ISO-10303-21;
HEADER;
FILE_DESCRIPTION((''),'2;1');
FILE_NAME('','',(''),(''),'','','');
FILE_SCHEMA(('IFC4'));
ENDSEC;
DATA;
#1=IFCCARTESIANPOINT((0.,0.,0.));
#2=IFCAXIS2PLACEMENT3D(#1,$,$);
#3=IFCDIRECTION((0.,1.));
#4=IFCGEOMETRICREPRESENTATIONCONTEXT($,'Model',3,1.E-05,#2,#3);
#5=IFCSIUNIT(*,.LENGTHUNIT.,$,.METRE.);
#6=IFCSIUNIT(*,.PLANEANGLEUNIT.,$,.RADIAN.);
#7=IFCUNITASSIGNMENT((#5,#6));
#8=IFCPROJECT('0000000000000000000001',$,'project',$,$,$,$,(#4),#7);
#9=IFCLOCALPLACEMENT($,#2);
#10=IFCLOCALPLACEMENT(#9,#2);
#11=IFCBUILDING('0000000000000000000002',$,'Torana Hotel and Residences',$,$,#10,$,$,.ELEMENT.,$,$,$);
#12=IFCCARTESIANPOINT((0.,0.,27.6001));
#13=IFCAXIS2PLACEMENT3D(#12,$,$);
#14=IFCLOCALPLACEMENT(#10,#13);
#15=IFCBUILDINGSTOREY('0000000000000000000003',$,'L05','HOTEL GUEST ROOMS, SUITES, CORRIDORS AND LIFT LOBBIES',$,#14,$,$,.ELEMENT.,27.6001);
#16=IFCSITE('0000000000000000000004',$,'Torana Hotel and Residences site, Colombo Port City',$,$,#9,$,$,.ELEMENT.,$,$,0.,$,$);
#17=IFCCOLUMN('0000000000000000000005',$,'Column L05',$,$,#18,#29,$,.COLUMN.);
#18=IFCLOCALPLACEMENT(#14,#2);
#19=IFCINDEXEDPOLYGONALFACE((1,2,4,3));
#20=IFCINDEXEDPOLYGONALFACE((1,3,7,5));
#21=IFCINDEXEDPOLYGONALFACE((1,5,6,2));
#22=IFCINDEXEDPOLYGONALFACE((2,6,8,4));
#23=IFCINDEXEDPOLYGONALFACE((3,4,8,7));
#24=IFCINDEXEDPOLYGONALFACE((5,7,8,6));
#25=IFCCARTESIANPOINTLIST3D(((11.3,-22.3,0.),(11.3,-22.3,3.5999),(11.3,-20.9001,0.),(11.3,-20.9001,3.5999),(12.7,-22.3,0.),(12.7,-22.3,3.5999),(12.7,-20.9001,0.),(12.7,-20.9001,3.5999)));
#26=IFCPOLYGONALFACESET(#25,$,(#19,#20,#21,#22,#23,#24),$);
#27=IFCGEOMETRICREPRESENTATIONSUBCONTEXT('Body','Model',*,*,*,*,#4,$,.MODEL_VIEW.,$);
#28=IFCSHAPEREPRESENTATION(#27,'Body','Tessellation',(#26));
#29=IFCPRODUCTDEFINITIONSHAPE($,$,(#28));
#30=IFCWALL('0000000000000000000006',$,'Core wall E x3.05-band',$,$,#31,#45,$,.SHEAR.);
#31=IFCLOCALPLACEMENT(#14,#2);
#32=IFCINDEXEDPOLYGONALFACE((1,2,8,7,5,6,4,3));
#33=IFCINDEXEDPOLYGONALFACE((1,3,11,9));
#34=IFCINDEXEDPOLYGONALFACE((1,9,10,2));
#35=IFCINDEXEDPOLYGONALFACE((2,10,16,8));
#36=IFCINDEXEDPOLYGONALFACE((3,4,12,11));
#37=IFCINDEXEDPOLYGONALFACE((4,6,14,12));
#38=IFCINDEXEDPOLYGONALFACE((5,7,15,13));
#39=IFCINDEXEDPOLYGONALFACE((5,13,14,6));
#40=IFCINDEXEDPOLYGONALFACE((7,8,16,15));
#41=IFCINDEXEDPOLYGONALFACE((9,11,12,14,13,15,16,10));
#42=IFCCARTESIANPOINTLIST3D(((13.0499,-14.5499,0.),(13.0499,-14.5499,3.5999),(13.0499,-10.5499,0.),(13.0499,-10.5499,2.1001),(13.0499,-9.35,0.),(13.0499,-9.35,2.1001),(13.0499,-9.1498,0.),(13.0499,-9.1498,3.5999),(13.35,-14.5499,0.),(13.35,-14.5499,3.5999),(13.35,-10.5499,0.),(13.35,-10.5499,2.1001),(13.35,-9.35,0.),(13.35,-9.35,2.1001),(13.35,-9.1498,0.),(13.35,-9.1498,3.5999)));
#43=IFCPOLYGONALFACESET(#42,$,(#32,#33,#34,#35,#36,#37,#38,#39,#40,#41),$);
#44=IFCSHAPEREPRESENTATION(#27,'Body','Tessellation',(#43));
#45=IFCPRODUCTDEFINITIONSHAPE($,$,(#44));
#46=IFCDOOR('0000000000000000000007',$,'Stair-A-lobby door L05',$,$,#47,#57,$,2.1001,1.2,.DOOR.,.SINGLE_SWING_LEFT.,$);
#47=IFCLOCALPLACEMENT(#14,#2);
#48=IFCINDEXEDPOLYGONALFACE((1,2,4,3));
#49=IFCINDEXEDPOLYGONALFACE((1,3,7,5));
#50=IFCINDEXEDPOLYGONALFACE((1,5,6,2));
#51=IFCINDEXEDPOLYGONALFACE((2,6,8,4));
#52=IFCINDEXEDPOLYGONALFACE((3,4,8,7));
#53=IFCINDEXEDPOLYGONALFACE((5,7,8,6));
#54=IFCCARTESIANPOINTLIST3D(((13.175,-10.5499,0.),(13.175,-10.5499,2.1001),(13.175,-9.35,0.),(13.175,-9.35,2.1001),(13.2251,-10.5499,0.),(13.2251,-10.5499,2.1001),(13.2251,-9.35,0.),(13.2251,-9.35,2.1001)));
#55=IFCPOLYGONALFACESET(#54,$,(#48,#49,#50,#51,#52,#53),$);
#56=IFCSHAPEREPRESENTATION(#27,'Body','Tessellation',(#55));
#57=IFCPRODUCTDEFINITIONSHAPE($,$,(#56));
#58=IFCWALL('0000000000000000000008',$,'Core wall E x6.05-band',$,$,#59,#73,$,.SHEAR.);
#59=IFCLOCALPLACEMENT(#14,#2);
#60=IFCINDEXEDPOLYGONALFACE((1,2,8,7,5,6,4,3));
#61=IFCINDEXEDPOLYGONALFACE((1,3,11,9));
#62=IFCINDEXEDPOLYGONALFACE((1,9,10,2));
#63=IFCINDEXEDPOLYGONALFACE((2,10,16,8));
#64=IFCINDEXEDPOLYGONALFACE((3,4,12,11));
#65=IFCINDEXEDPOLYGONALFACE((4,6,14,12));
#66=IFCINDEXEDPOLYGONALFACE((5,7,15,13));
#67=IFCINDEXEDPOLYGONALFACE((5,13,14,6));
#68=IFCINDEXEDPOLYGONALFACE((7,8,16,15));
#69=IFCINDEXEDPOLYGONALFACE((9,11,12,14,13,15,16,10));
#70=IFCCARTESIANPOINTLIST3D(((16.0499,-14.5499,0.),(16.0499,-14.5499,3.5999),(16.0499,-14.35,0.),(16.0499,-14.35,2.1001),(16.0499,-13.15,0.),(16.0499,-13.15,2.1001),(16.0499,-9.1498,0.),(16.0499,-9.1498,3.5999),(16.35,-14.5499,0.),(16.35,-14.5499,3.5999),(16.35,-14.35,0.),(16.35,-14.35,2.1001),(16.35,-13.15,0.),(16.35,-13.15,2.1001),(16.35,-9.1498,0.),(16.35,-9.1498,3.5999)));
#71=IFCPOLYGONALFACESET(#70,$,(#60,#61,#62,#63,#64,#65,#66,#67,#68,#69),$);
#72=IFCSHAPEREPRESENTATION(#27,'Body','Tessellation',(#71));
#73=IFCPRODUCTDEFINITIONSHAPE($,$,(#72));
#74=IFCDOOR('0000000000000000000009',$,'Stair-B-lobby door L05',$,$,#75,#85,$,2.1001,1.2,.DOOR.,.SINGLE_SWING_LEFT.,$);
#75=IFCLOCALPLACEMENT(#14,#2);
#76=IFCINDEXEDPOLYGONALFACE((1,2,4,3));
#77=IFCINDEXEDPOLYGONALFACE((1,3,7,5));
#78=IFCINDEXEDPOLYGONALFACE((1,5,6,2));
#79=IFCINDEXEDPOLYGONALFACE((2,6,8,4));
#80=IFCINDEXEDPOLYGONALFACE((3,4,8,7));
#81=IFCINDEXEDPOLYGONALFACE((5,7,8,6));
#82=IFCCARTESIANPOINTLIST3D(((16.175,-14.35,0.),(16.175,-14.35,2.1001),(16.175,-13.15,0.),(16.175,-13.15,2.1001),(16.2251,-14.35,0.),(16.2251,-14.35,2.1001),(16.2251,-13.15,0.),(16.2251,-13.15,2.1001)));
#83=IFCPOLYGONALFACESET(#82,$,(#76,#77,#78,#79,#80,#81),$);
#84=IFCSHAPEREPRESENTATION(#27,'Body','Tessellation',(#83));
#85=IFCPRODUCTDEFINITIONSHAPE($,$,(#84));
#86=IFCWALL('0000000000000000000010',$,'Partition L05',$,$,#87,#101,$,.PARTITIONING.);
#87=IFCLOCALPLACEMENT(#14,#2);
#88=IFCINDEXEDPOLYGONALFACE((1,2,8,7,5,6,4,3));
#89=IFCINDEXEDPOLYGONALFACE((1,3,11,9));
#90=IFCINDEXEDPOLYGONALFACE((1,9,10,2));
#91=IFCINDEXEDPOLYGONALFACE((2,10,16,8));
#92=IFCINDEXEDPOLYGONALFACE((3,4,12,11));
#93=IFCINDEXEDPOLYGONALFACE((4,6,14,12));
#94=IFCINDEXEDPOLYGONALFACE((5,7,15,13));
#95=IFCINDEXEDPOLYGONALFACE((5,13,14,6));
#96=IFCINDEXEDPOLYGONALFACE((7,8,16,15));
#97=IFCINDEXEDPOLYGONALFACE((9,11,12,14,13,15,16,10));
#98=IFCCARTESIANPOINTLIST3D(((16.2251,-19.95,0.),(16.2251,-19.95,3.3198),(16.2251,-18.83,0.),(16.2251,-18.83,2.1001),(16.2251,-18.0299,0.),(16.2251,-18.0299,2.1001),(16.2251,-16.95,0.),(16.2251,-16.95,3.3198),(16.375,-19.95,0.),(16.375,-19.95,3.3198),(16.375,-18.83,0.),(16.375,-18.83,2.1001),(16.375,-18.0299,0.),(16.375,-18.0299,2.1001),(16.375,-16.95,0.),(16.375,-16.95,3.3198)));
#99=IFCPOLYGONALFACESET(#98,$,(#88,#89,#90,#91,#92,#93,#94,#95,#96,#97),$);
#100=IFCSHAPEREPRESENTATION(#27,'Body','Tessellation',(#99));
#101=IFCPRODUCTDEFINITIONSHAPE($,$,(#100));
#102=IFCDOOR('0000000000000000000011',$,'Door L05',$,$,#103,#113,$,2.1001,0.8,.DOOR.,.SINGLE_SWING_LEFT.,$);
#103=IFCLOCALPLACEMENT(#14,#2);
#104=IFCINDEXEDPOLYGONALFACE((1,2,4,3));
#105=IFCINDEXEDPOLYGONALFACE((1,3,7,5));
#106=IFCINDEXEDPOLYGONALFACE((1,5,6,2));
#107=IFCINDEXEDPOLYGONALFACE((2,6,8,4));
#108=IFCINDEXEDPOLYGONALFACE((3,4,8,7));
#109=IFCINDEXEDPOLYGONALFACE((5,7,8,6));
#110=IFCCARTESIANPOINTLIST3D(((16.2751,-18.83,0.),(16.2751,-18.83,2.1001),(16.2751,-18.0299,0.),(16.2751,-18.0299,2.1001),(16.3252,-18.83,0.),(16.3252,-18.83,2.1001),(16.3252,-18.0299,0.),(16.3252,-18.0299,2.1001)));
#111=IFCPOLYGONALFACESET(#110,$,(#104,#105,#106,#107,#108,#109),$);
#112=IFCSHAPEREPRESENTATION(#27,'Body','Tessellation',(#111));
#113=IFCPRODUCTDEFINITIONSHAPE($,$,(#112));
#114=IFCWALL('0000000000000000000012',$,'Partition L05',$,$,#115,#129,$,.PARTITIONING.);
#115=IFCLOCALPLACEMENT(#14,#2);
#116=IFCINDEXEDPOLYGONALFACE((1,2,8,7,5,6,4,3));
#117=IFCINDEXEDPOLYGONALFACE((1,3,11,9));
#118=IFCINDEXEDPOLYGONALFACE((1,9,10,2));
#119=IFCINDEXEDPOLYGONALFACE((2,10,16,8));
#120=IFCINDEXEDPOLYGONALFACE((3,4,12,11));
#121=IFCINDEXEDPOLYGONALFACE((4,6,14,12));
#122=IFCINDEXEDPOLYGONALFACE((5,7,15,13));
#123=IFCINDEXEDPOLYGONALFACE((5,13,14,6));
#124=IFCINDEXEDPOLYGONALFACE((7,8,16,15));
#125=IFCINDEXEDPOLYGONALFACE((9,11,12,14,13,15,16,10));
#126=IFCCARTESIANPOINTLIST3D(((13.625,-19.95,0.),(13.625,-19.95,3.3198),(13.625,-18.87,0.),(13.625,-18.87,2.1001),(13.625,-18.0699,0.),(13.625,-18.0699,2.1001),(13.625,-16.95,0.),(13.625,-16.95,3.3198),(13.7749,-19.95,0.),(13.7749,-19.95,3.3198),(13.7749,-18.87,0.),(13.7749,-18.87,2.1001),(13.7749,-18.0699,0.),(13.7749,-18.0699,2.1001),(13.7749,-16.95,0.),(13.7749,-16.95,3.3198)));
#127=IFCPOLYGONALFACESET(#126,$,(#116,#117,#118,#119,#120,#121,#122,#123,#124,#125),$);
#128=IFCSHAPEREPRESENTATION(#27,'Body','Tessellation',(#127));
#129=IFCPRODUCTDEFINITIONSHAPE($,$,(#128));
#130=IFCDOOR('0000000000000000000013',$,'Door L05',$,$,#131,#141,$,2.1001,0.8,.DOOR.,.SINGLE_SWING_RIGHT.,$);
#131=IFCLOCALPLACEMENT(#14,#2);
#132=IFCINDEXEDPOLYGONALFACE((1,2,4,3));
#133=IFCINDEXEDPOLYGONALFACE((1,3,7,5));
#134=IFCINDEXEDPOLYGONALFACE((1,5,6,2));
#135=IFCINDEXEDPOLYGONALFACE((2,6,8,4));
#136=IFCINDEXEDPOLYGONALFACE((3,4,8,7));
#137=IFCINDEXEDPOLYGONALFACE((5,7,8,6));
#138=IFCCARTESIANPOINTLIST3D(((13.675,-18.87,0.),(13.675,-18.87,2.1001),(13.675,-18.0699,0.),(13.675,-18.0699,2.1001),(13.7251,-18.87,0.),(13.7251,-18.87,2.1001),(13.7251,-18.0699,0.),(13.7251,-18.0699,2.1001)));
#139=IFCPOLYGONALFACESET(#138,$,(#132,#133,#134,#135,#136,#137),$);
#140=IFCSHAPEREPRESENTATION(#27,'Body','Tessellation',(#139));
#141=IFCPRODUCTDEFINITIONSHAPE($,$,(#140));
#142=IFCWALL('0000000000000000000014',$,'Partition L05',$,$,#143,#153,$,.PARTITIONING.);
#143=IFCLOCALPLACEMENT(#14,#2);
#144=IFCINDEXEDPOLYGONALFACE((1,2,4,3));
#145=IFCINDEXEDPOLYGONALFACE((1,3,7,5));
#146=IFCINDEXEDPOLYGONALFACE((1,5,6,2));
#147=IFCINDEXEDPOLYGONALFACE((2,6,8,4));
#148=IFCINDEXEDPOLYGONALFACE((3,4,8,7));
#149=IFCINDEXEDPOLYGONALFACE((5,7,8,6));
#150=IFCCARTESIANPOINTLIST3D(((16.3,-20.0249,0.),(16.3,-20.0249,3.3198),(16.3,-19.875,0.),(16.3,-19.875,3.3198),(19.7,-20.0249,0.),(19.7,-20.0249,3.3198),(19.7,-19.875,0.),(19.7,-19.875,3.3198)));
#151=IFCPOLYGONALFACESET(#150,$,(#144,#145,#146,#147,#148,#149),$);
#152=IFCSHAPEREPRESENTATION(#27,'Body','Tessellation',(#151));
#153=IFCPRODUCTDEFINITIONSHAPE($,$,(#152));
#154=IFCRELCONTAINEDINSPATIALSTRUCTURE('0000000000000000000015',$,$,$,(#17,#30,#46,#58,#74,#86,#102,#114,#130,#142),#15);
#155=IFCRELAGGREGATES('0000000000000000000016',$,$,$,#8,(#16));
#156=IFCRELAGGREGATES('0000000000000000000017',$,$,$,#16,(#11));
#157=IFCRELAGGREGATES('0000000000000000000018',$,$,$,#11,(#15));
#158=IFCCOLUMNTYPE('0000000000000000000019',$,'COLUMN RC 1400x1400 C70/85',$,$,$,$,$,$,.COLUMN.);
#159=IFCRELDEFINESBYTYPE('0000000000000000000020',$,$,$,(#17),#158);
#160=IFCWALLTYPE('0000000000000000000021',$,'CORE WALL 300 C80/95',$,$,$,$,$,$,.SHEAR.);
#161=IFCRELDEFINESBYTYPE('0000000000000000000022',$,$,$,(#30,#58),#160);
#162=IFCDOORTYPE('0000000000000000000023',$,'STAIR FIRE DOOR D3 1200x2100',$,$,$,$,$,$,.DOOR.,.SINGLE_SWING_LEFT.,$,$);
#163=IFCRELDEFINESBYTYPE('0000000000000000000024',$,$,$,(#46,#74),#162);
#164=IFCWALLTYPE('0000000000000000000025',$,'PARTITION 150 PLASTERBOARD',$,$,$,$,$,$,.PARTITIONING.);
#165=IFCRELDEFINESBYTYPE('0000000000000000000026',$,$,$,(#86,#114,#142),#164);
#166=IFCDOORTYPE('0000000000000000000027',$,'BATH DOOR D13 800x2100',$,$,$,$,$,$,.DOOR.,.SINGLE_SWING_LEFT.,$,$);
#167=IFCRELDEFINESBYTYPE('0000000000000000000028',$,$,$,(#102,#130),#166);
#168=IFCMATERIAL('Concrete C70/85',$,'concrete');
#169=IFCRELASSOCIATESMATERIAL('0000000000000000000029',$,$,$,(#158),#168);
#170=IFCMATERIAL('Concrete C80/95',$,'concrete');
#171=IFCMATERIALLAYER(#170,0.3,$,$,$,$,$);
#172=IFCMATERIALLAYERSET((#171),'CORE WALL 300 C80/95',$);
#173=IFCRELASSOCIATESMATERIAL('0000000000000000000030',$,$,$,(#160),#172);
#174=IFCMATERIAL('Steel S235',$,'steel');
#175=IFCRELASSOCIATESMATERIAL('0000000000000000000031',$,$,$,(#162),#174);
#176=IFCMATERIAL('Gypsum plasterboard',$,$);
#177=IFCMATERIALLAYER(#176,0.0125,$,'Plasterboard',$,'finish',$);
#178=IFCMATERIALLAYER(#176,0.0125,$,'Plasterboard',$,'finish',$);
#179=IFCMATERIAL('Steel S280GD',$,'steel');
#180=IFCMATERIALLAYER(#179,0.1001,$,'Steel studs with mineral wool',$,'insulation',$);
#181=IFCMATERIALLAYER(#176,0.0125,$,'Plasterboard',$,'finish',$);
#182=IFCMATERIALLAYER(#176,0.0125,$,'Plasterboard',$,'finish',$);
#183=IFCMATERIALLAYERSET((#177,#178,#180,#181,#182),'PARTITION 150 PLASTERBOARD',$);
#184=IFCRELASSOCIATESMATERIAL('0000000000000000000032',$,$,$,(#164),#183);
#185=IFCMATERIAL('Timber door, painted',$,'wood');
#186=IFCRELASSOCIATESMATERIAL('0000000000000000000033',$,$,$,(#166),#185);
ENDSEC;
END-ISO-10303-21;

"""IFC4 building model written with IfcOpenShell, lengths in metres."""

from ifc_helpers import new_model, si_unit, direction, frame, frame_2d, origin, origin_2d, place, context, subcontext, project, spatial, rectangle, extrude, material, layer, layer_set, material_profile, profile_set, type_object, element, fill, save


model = new_model("IFC4")

# Units and contexts
model_context = context("Model", 3, precision=1e-05, world=origin(), true_north=direction((0.0, 1.0)))
body_context = subcontext(model_context, "Body", "Model", "MODEL_VIEW")
ifc_project = project(units=[si_unit("LENGTHUNIT", "METRE"), si_unit("PLANEANGLEUNIT", "RADIAN")], contexts=[model_context])

# Site, building, storey
site_placement = place(None, origin())
site = spatial("IfcSite", under=ifc_project, at=site_placement, Name="Torana Hotel and Residences site, Colombo Port City", CompositionType="ELEMENT", RefElevation=0.0)
building_placement = place(site_placement, origin())
building = spatial("IfcBuilding", under=site, at=building_placement, Name="Torana Hotel and Residences", CompositionType="ELEMENT")
storey_placement = place(building_placement, frame((0.0, 0.0, 27.6001)))
storey = spatial("IfcBuildingStorey", under=building, at=storey_placement, Name="L05", Description="HOTEL GUEST ROOMS, SUITES, CORRIDORS AND LIFT LOBBIES", CompositionType="ELEMENT", Elevation=27.6001)

# Column
ifc_material_1 = material(Name="Concrete C70/85", Category="concrete")
ifc_material_profile = material_profile(ifc_material_1, rectangle(XDim=1.3999, YDim=1.3999, at=origin_2d()), Name="RC 1400x1400")
ifc_profile_set = profile_set([ifc_material_profile], Name="Concrete C70/85")
column_type = type_object("IfcColumnType", Name="COLUMN RC 1400x1400 C70/85", PredefinedType="COLUMN", material=ifc_profile_set)
column_placement = place(storey_placement, frame((12.0, -21.6001, 0.0), z_axis=(0.0, 0.0, 1.0), x_axis=(1.0, 0.0, 0.0)))
element("IfcColumn", 1, at=column_placement, inside=storey, type_object=column_type, Name="Column L05", PredefinedType="COLUMN", context=body_context, shape_type="SweptSolid", body=[
    extrude(rectangle(XDim=1.3999, YDim=1.3999, at=origin_2d()), origin(), (0.0, 0.0, 1.0), 3.5999),
])

# Walls, openings, doors
ifc_material_2 = material(Name="Concrete C80/95", Category="concrete")
ifc_layer_1 = layer(ifc_material_2, 0.3)
ifc_layer_set_1 = layer_set([ifc_layer_1], Name="CORE WALL 300 C80/95")
wall_type_1 = type_object("IfcWallType", Name="CORE WALL 300 C80/95", PredefinedType="SHEAR", material=ifc_layer_set_1)
wall_1_placement = place(storey_placement, frame((13.2, -14.55, 0.0), z_axis=(0.0, 0.0, 1.0), x_axis=(0.0, 1.0, 0.0)))
wall_1 = element("IfcWall", 2, at=wall_1_placement, inside=storey, type_object=wall_type_1, Name="Core wall E x3.05-band", PredefinedType="SHEAR", context=body_context, shape_type="SweptSolid", body=[
    extrude(rectangle(XDim=5.4001, YDim=0.3, at=frame_2d((2.7002, 0.0))), origin(), (0.0, 0.0, 1.0), 3.5999),
])
opening_1_placement = place(wall_1_placement, frame((4.0, 0.0, 0.0)))
opening_1 = element("IfcOpeningElement", 3, at=opening_1_placement, cuts=wall_1, PredefinedType="OPENING", context=body_context, shape_type="SweptSolid", body=[
    extrude(rectangle(XDim=1.2, YDim=2.1001, at=frame_2d((0.6001, 1.05))), frame((0.0, 0.1599, 0.0), z_axis=(0.0, -1.0, 0.0), x_axis=(1.0, 0.0, 0.0)), (0.0, 0.0, 1.0), 0.3201),
])
ifc_material_3 = material(Name="Steel S235", Category="steel")
door_type_1 = type_object("IfcDoorType", Name="STAIR FIRE DOOR D3 1200x2100", OperationType="SINGLE_SWING_LEFT", PredefinedType="DOOR", material=ifc_material_3)
door_1_placement = place(opening_1_placement, origin())
door_1 = element("IfcDoor", 4, at=door_1_placement, inside=storey, type_object=door_type_1, Name="Stair-A-lobby door L05", OperationType="SINGLE_SWING_LEFT", OverallHeight=2.1001, OverallWidth=1.2, PredefinedType="DOOR", context=body_context, shape_type="SweptSolid", body=[
    extrude(rectangle(XDim=1.2, YDim=2.1001, at=frame_2d((0.6001, 1.05))), frame((0.0, 0.0249, 0.0), z_axis=(0.0, -1.0, 0.0), x_axis=(1.0, 0.0, 0.0)), (0.0, 0.0, 1.0), 0.05),
])
fill(opening_1, door_1)
wall_2_placement = place(storey_placement, frame((16.2, -14.55, 0.0), z_axis=(0.0, 0.0, 1.0), x_axis=(0.0, 1.0, 0.0)))
wall_2 = element("IfcWall", 5, at=wall_2_placement, inside=storey, type_object=wall_type_1, Name="Core wall E x6.05-band", PredefinedType="SHEAR", context=body_context, shape_type="SweptSolid", body=[
    extrude(rectangle(XDim=5.4001, YDim=0.3, at=frame_2d((2.7002, 0.0))), origin(), (0.0, 0.0, 1.0), 3.5999),
])
opening_2_placement = place(wall_2_placement, frame((0.2, 0.0, 0.0)))
opening_2 = element("IfcOpeningElement", 6, at=opening_2_placement, cuts=wall_2, PredefinedType="OPENING", context=body_context, shape_type="SweptSolid", body=[
    extrude(rectangle(XDim=1.2, YDim=2.1001, at=frame_2d((0.6001, 1.05))), frame((0.0, 0.1599, 0.0), z_axis=(0.0, -1.0, 0.0), x_axis=(1.0, 0.0, 0.0)), (0.0, 0.0, 1.0), 0.3201),
])
door_2_placement = place(opening_2_placement, frame((0.6001, 0.0, 0.0), z_axis=(0.0, 0.0, 1.0), x_axis=(-1.0, 0.0, 0.0)))
door_2 = element("IfcDoor", 7, at=door_2_placement, inside=storey, type_object=door_type_1, Name="Stair-B-lobby door L05", OperationType="SINGLE_SWING_LEFT", OverallHeight=2.1001, OverallWidth=1.2, PredefinedType="DOOR", context=body_context, shape_type="SweptSolid", body=[
    extrude(rectangle(XDim=1.2, YDim=2.1001, at=frame_2d((0.0, 1.05))), frame((0.0, -0.0249, 0.0), z_axis=(0.0, 1.0, 0.0), x_axis=(-1.0, 0.0, 0.0)), (0.0, 0.0, 1.0), 0.05),
])
fill(opening_2, door_2)
ifc_material_4 = material(Name="Gypsum plasterboard")
ifc_layer_2 = layer(ifc_material_4, 0.0125, Name="Plasterboard", Category="finish")
ifc_layer_3 = layer(ifc_material_4, 0.0125, Name="Plasterboard", Category="finish")
ifc_material_5 = material(Name="Steel S280GD", Category="steel")
ifc_layer_4 = layer(ifc_material_5, 0.1001, Name="Steel studs with mineral wool", Category="insulation")
ifc_layer_5 = layer(ifc_material_4, 0.0125, Name="Plasterboard", Category="finish")
ifc_layer_6 = layer(ifc_material_4, 0.0125, Name="Plasterboard", Category="finish")
ifc_layer_set_2 = layer_set([ifc_layer_2, ifc_layer_3, ifc_layer_4, ifc_layer_5, ifc_layer_6], Name="PARTITION 150 PLASTERBOARD")
wall_type_2 = type_object("IfcWallType", Name="PARTITION 150 PLASTERBOARD", PredefinedType="PARTITIONING", material=ifc_layer_set_2)
wall_3_placement = place(storey_placement, frame((16.3, -19.95, 0.0), z_axis=(0.0, 0.0, 1.0), x_axis=(0.0, 1.0, 0.0)))
wall_3 = element("IfcWall", 8, at=wall_3_placement, inside=storey, type_object=wall_type_2, Name="Partition L05", PredefinedType="PARTITIONING", context=body_context, shape_type="SweptSolid", body=[
    extrude(rectangle(XDim=3.0, YDim=0.1499, at=frame_2d((1.5, 0.0))), origin(), (0.0, 0.0, 1.0), 3.3198),
])
opening_3_placement = place(wall_3_placement, frame((1.1201, 0.0, 0.0)))
opening_3 = element("IfcOpeningElement", 9, at=opening_3_placement, cuts=wall_3, PredefinedType="OPENING", context=body_context, shape_type="SweptSolid", body=[
    extrude(rectangle(XDim=0.8, YDim=2.1001, at=frame_2d((0.3999, 1.05))), frame((0.0, 0.085, 0.0), z_axis=(0.0, -1.0, 0.0), x_axis=(1.0, 0.0, 0.0)), (0.0, 0.0, 1.0), 0.1699),
])
ifc_material_6 = material(Name="Timber door, painted", Category="wood")
door_type_2 = type_object("IfcDoorType", Name="BATH DOOR D13 800x2100", OperationType="SINGLE_SWING_LEFT", PredefinedType="DOOR", material=ifc_material_6)
door_3_placement = place(opening_3_placement, origin())
door_3 = element("IfcDoor", 10, at=door_3_placement, inside=storey, type_object=door_type_2, Name="Door L05", OperationType="SINGLE_SWING_LEFT", OverallHeight=2.1001, OverallWidth=0.8, PredefinedType="DOOR", context=body_context, shape_type="SweptSolid", body=[
    extrude(rectangle(XDim=0.8, YDim=2.1001, at=frame_2d((0.3999, 1.05))), frame((0.0, 0.0249, 0.0), z_axis=(0.0, -1.0, 0.0), x_axis=(1.0, 0.0, 0.0)), (0.0, 0.0, 1.0), 0.05),
])
fill(opening_3, door_3)
wall_4_placement = place(storey_placement, frame((13.7, -19.95, 0.0), z_axis=(0.0, 0.0, 1.0), x_axis=(0.0, 1.0, 0.0)))
wall_4 = element("IfcWall", 11, at=wall_4_placement, inside=storey, type_object=wall_type_2, Name="Partition L05", PredefinedType="PARTITIONING", context=body_context, shape_type="SweptSolid", body=[
    extrude(rectangle(XDim=3.0, YDim=0.1499, at=frame_2d((1.5, 0.0))), origin(), (0.0, 0.0, 1.0), 3.3198),
])
opening_4_placement = place(wall_4_placement, frame((1.0801, 0.0, 0.0)))
opening_4 = element("IfcOpeningElement", 12, at=opening_4_placement, cuts=wall_4, PredefinedType="OPENING", context=body_context, shape_type="SweptSolid", body=[
    extrude(rectangle(XDim=0.8, YDim=2.1001, at=frame_2d((0.3999, 1.05))), frame((0.0, 0.085, 0.0), z_axis=(0.0, -1.0, 0.0), x_axis=(1.0, 0.0, 0.0)), (0.0, 0.0, 1.0), 0.1699),
])
door_4_placement = place(opening_4_placement, origin())
door_4 = element("IfcDoor", 13, at=door_4_placement, inside=storey, type_object=door_type_2, Name="Door L05", OperationType="SINGLE_SWING_RIGHT", OverallHeight=2.1001, OverallWidth=0.8, PredefinedType="DOOR", context=body_context, shape_type="SweptSolid", body=[
    extrude(rectangle(XDim=0.8, YDim=2.1001, at=frame_2d((0.3999, 1.05))), frame((0.0, 0.0249, 0.0), z_axis=(0.0, -1.0, 0.0), x_axis=(1.0, 0.0, 0.0)), (0.0, 0.0, 1.0), 0.05),
])
fill(opening_4, door_4)

# Wall
wall_5_placement = place(storey_placement, frame((16.3, -19.95, 0.0), z_axis=(0.0, 0.0, 1.0), x_axis=(1.0, 0.0, 0.0)))
element("IfcWall", 14, at=wall_5_placement, inside=storey, type_object=wall_type_2, Name="Partition L05", PredefinedType="PARTITIONING", context=body_context, shape_type="SweptSolid", body=[
    extrude(rectangle(XDim=3.3999, YDim=0.1499, at=frame_2d((1.7, 0.0))), origin(), (0.0, 0.0, 1.0), 3.3198),
])

save(model, "model.ifc")
